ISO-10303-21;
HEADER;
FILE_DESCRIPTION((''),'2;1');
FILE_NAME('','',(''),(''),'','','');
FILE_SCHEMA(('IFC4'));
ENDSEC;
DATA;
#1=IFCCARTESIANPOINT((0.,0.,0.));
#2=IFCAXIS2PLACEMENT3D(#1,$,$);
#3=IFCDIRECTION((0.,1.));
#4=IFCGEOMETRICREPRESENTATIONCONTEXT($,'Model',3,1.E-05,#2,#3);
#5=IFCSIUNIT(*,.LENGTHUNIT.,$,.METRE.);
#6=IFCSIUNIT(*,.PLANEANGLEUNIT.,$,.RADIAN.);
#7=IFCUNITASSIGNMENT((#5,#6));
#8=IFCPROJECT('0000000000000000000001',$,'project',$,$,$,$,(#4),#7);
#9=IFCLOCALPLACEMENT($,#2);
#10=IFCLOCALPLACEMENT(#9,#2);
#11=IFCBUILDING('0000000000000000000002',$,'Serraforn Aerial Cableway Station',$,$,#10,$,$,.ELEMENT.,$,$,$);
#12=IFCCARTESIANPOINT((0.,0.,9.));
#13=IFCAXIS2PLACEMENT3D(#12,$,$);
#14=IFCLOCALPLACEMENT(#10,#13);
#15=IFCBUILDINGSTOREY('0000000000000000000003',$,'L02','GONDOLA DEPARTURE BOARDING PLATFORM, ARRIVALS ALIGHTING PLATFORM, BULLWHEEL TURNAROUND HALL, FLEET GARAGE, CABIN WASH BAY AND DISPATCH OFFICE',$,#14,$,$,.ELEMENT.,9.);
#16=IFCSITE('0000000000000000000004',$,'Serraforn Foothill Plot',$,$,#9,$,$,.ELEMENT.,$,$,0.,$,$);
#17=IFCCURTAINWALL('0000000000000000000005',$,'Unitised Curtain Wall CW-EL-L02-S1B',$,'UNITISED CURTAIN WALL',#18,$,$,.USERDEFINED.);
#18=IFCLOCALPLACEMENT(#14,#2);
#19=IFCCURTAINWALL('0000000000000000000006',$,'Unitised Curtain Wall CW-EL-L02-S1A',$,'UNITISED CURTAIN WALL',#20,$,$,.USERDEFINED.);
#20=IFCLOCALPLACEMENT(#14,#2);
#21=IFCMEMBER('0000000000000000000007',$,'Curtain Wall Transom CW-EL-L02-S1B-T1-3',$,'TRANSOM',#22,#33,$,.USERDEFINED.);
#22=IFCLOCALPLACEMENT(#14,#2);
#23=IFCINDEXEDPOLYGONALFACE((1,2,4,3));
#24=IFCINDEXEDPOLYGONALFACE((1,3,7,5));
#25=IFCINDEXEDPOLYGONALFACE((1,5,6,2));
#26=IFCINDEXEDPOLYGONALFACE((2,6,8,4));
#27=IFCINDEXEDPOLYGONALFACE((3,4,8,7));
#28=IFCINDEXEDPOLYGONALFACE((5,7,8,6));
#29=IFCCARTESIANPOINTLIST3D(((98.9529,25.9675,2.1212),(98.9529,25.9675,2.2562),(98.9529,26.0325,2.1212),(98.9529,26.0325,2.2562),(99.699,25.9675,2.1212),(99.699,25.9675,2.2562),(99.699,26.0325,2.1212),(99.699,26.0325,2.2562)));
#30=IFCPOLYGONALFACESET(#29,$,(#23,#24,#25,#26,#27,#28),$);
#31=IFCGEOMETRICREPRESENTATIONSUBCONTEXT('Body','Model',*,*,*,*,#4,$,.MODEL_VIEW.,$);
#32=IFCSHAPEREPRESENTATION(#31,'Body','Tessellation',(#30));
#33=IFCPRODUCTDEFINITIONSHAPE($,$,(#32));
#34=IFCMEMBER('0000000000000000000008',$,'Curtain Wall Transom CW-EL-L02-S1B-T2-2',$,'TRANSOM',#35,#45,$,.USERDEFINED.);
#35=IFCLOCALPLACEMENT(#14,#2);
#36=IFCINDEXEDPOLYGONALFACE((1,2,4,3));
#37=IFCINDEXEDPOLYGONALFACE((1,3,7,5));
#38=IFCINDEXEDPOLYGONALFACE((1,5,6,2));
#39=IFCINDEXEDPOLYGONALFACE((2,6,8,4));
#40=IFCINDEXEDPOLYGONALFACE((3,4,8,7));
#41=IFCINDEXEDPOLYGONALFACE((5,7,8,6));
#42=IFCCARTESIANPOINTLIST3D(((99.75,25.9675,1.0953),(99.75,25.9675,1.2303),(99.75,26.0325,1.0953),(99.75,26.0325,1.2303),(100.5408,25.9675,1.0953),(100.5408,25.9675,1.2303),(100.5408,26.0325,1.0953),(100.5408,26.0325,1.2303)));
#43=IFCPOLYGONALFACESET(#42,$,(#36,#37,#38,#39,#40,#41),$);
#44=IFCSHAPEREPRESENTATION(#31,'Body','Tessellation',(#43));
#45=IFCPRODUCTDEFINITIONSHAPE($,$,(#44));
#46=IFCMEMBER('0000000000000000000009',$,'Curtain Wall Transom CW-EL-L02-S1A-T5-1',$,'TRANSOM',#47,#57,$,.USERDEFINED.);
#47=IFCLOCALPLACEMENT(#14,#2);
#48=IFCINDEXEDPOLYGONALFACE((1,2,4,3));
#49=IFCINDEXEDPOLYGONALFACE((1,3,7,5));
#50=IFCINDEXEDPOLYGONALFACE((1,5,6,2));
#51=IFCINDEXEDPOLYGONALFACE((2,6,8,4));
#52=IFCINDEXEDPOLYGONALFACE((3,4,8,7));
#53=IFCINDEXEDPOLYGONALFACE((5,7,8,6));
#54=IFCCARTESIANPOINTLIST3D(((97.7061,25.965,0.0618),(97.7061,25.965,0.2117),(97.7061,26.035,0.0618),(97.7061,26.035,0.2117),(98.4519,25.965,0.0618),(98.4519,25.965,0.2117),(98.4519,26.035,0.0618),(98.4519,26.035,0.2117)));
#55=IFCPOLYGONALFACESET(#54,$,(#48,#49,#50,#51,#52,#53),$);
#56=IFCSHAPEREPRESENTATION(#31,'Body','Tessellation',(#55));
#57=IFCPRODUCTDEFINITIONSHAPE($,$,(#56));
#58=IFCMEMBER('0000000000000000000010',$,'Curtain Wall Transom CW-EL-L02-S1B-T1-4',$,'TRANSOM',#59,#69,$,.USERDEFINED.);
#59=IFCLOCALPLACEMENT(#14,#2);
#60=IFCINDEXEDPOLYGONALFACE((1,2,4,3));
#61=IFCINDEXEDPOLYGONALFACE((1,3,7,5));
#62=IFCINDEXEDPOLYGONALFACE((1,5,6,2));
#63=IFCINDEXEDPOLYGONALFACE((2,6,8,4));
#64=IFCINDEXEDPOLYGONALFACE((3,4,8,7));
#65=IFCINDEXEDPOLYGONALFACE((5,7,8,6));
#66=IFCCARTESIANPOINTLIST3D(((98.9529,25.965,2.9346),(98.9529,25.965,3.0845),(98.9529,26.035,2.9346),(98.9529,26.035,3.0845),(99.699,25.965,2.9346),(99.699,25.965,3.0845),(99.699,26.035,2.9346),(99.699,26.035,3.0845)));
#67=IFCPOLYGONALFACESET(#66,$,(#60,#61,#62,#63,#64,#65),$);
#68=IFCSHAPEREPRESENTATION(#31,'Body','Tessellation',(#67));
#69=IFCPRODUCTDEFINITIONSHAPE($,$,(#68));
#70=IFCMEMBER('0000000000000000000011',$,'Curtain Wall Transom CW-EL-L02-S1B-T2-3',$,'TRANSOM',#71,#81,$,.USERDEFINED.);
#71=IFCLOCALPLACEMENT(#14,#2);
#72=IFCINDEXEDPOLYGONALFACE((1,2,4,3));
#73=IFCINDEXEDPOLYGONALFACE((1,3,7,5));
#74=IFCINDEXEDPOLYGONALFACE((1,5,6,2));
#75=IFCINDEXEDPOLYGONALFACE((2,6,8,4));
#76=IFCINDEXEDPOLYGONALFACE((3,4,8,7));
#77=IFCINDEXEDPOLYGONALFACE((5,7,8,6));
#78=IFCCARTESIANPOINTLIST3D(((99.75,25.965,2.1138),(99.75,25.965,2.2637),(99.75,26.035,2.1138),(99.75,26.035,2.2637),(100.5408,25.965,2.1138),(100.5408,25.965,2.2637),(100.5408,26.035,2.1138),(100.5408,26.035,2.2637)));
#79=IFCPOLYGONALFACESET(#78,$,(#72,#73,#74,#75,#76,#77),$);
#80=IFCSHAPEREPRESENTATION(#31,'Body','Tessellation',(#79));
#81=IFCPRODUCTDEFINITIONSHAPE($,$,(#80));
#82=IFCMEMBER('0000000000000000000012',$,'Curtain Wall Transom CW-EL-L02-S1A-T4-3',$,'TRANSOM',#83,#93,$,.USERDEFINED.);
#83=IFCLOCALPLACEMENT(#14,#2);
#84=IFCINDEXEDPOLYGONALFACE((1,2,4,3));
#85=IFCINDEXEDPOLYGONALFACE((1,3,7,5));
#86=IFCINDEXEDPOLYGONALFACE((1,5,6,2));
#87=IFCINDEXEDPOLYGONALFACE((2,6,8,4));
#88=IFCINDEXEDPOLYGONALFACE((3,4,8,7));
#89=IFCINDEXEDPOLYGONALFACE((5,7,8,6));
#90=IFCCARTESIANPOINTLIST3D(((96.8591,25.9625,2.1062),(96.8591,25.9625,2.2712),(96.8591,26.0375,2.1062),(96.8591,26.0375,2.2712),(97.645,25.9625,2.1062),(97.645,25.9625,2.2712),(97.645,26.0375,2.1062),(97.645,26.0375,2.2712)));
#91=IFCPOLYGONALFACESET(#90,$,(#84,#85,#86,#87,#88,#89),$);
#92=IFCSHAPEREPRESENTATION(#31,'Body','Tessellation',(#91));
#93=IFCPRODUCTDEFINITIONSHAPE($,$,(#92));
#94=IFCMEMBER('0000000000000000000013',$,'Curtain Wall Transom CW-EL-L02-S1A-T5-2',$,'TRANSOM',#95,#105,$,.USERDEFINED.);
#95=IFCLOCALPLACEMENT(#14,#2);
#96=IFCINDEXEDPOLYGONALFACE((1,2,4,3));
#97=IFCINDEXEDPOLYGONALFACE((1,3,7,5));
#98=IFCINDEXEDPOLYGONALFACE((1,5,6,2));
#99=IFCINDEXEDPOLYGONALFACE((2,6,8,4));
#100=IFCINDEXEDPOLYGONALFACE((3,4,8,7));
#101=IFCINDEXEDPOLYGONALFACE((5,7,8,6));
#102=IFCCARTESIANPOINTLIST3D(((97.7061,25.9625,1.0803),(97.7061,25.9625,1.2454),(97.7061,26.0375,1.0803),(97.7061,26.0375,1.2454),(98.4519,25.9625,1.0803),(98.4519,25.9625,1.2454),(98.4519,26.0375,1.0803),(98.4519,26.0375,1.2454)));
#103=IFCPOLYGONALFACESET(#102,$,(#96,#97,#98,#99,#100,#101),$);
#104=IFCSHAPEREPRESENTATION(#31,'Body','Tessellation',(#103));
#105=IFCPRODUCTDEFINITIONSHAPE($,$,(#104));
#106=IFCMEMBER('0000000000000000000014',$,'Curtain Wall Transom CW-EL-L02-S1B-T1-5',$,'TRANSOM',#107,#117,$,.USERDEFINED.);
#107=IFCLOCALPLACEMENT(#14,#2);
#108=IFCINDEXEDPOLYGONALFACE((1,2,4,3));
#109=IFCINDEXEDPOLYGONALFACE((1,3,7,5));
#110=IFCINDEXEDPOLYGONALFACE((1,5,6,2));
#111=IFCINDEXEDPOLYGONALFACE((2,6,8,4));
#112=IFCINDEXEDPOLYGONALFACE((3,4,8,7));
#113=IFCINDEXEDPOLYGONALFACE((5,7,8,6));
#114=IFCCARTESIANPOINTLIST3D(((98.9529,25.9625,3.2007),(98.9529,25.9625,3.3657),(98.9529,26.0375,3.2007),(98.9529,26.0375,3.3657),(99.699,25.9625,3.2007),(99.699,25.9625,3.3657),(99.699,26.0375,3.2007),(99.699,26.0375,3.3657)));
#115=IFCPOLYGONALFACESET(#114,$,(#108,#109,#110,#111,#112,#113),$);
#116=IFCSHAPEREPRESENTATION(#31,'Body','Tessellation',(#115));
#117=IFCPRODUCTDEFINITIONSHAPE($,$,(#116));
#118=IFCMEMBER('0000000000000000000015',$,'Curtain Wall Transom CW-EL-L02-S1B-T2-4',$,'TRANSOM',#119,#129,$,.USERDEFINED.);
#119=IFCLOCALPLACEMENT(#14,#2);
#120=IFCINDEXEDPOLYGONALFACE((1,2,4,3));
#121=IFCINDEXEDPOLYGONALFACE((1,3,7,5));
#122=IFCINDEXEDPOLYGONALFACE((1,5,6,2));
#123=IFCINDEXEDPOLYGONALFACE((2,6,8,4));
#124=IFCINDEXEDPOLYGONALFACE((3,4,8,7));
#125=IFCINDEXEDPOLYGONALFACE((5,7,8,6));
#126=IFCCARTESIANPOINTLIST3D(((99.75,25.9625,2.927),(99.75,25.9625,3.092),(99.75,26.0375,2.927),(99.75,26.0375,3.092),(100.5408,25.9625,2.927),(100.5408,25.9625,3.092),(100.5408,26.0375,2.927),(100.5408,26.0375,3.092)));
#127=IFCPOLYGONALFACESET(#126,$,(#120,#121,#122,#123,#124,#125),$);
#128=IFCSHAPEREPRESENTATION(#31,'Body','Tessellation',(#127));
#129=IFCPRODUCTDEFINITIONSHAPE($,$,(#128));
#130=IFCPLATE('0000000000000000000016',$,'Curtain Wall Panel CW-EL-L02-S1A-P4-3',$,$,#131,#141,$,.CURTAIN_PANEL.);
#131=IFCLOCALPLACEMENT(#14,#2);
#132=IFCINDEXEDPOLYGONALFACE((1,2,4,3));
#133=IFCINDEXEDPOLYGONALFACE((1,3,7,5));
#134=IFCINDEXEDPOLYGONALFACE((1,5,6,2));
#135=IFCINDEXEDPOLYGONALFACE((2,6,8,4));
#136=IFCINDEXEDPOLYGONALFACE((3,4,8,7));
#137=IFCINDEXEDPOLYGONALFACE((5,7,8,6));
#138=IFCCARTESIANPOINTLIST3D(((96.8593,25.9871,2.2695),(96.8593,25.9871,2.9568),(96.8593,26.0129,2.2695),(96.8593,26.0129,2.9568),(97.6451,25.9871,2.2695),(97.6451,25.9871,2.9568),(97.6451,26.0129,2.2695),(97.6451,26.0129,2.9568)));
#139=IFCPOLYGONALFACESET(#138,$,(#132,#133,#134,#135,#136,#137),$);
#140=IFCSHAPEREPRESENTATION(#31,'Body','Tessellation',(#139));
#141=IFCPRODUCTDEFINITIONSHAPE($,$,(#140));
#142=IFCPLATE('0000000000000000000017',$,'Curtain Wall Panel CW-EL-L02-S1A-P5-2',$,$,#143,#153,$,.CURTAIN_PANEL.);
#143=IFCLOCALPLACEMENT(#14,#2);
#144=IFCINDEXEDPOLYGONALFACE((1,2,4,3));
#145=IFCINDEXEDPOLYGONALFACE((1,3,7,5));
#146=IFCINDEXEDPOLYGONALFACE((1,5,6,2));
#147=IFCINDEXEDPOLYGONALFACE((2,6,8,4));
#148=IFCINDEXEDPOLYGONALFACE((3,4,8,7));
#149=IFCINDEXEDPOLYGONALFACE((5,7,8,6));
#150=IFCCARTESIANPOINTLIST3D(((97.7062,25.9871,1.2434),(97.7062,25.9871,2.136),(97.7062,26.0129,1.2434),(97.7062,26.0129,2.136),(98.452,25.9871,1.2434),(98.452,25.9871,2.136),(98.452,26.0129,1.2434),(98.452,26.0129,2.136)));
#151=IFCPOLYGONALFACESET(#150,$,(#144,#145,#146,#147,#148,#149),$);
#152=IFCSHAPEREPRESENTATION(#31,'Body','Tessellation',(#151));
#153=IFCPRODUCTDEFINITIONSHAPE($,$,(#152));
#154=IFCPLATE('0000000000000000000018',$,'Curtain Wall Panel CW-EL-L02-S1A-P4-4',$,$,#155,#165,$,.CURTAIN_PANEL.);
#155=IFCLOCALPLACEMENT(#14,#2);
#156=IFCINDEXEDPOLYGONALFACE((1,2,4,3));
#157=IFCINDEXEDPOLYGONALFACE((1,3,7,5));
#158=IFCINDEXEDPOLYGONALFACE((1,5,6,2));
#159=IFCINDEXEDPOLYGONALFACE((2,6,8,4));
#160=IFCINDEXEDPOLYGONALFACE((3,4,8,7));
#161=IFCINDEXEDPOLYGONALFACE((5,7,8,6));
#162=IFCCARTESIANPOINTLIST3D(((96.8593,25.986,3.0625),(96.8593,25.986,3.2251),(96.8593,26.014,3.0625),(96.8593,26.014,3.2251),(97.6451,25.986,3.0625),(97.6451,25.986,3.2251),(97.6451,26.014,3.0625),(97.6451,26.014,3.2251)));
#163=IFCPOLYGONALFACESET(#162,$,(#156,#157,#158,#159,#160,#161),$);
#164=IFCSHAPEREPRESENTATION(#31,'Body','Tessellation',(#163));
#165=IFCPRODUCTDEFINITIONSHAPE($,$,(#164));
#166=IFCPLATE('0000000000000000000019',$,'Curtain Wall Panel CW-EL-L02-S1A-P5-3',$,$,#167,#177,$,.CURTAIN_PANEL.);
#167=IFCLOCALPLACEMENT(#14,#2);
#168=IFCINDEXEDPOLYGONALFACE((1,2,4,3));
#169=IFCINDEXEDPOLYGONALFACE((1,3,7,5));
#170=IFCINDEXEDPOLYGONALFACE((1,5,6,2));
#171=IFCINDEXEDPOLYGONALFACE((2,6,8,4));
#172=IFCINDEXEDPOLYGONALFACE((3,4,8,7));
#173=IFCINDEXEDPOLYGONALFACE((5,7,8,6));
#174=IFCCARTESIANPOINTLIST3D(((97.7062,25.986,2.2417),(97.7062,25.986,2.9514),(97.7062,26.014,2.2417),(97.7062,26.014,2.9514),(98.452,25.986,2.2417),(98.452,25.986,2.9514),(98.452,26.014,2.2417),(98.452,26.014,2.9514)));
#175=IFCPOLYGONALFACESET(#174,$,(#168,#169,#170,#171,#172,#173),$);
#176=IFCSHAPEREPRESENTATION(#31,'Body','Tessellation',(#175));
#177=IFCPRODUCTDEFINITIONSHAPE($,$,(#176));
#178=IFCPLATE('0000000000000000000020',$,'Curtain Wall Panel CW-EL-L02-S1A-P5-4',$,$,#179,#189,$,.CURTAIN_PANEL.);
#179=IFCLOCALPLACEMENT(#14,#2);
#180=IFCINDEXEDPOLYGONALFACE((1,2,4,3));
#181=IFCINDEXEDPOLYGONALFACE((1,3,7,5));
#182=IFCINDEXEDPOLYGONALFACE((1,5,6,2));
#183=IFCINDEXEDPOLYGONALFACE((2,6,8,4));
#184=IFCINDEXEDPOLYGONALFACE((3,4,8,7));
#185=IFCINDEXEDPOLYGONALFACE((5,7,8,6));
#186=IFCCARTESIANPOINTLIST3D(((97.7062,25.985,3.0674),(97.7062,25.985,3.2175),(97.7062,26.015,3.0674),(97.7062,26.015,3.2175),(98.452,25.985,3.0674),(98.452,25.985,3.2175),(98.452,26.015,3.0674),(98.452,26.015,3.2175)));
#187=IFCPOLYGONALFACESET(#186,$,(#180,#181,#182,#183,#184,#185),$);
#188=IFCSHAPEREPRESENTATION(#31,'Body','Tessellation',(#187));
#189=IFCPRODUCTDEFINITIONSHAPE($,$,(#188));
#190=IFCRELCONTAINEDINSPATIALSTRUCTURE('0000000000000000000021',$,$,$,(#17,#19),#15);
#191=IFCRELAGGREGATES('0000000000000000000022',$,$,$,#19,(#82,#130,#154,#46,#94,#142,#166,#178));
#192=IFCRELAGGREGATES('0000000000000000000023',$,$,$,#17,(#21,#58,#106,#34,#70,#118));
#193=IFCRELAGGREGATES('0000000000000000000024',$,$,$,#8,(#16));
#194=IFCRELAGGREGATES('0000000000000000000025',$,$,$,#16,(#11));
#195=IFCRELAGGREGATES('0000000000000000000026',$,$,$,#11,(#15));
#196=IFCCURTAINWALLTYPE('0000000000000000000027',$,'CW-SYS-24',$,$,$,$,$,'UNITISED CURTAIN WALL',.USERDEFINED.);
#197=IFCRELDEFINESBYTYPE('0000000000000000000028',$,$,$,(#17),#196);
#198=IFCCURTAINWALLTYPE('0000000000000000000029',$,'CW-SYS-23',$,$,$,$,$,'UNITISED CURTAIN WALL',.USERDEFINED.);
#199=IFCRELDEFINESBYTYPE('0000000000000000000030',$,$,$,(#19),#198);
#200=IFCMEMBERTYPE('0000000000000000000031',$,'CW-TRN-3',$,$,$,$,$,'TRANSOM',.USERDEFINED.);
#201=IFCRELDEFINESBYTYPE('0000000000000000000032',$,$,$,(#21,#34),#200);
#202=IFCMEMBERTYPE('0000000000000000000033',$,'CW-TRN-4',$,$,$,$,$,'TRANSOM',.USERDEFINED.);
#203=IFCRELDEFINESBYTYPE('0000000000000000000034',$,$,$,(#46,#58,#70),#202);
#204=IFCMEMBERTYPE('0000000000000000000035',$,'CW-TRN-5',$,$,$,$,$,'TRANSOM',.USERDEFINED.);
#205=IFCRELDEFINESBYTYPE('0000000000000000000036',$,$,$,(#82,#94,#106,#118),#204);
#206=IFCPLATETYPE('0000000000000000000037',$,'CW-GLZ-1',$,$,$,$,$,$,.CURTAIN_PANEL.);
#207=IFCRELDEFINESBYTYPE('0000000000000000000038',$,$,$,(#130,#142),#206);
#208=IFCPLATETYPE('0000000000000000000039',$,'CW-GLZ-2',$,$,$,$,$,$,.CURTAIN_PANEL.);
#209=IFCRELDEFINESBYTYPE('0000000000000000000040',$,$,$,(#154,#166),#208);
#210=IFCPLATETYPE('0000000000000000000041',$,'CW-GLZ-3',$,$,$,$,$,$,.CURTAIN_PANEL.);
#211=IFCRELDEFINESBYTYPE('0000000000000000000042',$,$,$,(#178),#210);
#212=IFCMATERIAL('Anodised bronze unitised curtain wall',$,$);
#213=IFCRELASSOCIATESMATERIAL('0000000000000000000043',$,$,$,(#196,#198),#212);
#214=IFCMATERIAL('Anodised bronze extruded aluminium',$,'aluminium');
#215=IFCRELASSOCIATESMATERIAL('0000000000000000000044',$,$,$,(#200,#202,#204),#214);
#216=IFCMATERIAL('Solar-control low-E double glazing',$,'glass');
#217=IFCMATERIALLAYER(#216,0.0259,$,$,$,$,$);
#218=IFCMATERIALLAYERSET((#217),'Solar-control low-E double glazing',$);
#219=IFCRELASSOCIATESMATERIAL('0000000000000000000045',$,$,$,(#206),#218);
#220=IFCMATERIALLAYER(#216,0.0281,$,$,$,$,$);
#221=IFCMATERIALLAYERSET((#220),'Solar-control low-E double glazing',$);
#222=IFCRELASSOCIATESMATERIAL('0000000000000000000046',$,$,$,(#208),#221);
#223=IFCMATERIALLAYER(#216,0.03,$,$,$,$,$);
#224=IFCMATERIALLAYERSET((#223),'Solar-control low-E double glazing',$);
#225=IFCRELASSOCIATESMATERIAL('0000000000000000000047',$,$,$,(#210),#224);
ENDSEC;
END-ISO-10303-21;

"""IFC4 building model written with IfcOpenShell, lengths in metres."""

from ifc_helpers import new_model, si_unit, direction, frame, origin, origin_2d, place, context, subcontext, project, spatial, rectangle, extrude, material, layer, layer_set, material_profile, profile_set, type_object, element, aggregate, save


model = new_model("IFC4")

# Units and contexts
model_context = context("Model", 3, precision=1e-05, world=origin(), true_north=direction((0.0, 1.0)))
body_context = subcontext(model_context, "Body", "Model", "MODEL_VIEW")
ifc_project = project(units=[si_unit("LENGTHUNIT", "METRE"), si_unit("PLANEANGLEUNIT", "RADIAN")], contexts=[model_context])

# Site, building, storey
site_placement = place(None, origin())
site = spatial("IfcSite", under=ifc_project, at=site_placement, Name="Serraforn Foothill Plot", CompositionType="ELEMENT", RefElevation=0.0)
building_placement = place(site_placement, origin())
building = spatial("IfcBuilding", under=site, at=building_placement, Name="Serraforn Aerial Cableway Station", CompositionType="ELEMENT")
storey_placement = place(building_placement, frame((0.0, 0.0, 9.0)))
storey = spatial("IfcBuildingStorey", under=building, at=storey_placement, Name="L02", Description="GONDOLA DEPARTURE BOARDING PLATFORM, ARRIVALS ALIGHTING PLATFORM, BULLWHEEL TURNAROUND HALL, FLEET GARAGE, CABIN WASH BAY AND DISPATCH OFFICE", CompositionType="ELEMENT", Elevation=9.0)

# Curtain wall
ifc_material_1 = material(Name="Anodised bronze unitised curtain wall")
curtain_wall_type_1 = type_object("IfcCurtainWallType", Name="CW-SYS-24", ElementType="UNITISED CURTAIN WALL", PredefinedType="USERDEFINED", material=ifc_material_1)
curtain_wall_1_placement = place(storey_placement, origin())
curtain_wall_1 = element("IfcCurtainWall", 1, at=curtain_wall_1_placement, inside=storey, type_object=curtain_wall_type_1, Name="Unitised Curtain Wall CW-EL-L02-S1B", ObjectType="UNITISED CURTAIN WALL", PredefinedType="USERDEFINED")
ifc_material_2 = material(Name="Anodised bronze extruded aluminium", Category="aluminium")

# Curtain wall
curtain_wall_type_2 = type_object("IfcCurtainWallType", Name="CW-SYS-23", ElementType="UNITISED CURTAIN WALL", PredefinedType="USERDEFINED", material=ifc_material_1)
curtain_wall_2_placement = place(storey_placement, origin())
curtain_wall_2 = element("IfcCurtainWall", 2, at=curtain_wall_2_placement, inside=storey, type_object=curtain_wall_type_2, Name="Unitised Curtain Wall CW-EL-L02-S1A", ObjectType="UNITISED CURTAIN WALL", PredefinedType="USERDEFINED")

# Members
ifc_material_profile_1 = material_profile(ifc_material_2, rectangle(XDim=0.0649, YDim=0.135, at=origin_2d()), Name="CW TRANSOM 65x135")
ifc_profile_set_1 = profile_set([ifc_material_profile_1], Name="Anodised bronze extruded aluminium")
member_type_1 = type_object("IfcMemberType", Name="CW-TRN-3", ElementType="TRANSOM", PredefinedType="USERDEFINED", material=ifc_profile_set_1)
member_1_placement = place(storey_placement, frame((98.9529, 26.0, 2.1887), z_axis=(1.0, 0.0, 0.0), x_axis=(0.0, 1.0, 0.0)))
member_1 = element("IfcMember", 3, at=member_1_placement, type_object=member_type_1, Name="Curtain Wall Transom CW-EL-L02-S1B-T1-3", ObjectType="TRANSOM", PredefinedType="USERDEFINED", context=body_context, shape_type="SweptSolid", body=[
    extrude(rectangle(XDim=0.0649, YDim=0.135, at=origin_2d()), origin(), (0.0, 0.0, 1.0), 0.7461),
])
member_2_placement = place(storey_placement, frame((99.75, 26.0, 1.1628), z_axis=(1.0, 0.0, 0.0), x_axis=(0.0, 1.0, 0.0)))
member_2 = element("IfcMember", 4, at=member_2_placement, type_object=member_type_1, Name="Curtain Wall Transom CW-EL-L02-S1B-T2-2", ObjectType="TRANSOM", PredefinedType="USERDEFINED", context=body_context, shape_type="SweptSolid", body=[
    extrude(rectangle(XDim=0.0649, YDim=0.135, at=origin_2d()), origin(), (0.0, 0.0, 1.0), 0.7908),
])
ifc_material_profile_2 = material_profile(ifc_material_2, rectangle(XDim=0.0701, YDim=0.1499, at=origin_2d()), Name="CW TRANSOM 70x150")
ifc_profile_set_2 = profile_set([ifc_material_profile_2], Name="Anodised bronze extruded aluminium")
member_type_2 = type_object("IfcMemberType", Name="CW-TRN-4", ElementType="TRANSOM", PredefinedType="USERDEFINED", material=ifc_profile_set_2)
member_3_placement = place(storey_placement, frame((97.7061, 26.0, 0.1367), z_axis=(1.0, 0.0, 0.0), x_axis=(0.0, 1.0, 0.0)))
member_3 = element("IfcMember", 5, at=member_3_placement, type_object=member_type_2, Name="Curtain Wall Transom CW-EL-L02-S1A-T5-1", ObjectType="TRANSOM", PredefinedType="USERDEFINED", context=body_context, shape_type="SweptSolid", body=[
    extrude(rectangle(XDim=0.0701, YDim=0.1499, at=origin_2d()), origin(), (0.0, 0.0, 1.0), 0.7458),
])
member_4_placement = place(storey_placement, frame((98.9529, 26.0, 3.0095), z_axis=(1.0, 0.0, 0.0), x_axis=(0.0, 1.0, 0.0)))
member_4 = element("IfcMember", 6, at=member_4_placement, type_object=member_type_2, Name="Curtain Wall Transom CW-EL-L02-S1B-T1-4", ObjectType="TRANSOM", PredefinedType="USERDEFINED", context=body_context, shape_type="SweptSolid", body=[
    extrude(rectangle(XDim=0.0701, YDim=0.1499, at=origin_2d()), origin(), (0.0, 0.0, 1.0), 0.7461),
])
member_5_placement = place(storey_placement, frame((99.75, 26.0, 2.1887), z_axis=(1.0, 0.0, 0.0), x_axis=(0.0, 1.0, 0.0)))
member_5 = element("IfcMember", 7, at=member_5_placement, type_object=member_type_2, Name="Curtain Wall Transom CW-EL-L02-S1B-T2-3", ObjectType="TRANSOM", PredefinedType="USERDEFINED", context=body_context, shape_type="SweptSolid", body=[
    extrude(rectangle(XDim=0.0701, YDim=0.1499, at=origin_2d()), origin(), (0.0, 0.0, 1.0), 0.7908),
])
ifc_material_profile_3 = material_profile(ifc_material_2, rectangle(XDim=0.075, YDim=0.165, at=origin_2d()), Name="CW TRANSOM 75x165")
ifc_profile_set_3 = profile_set([ifc_material_profile_3], Name="Anodised bronze extruded aluminium")
member_type_3 = type_object("IfcMemberType", Name="CW-TRN-5", ElementType="TRANSOM", PredefinedType="USERDEFINED", material=ifc_profile_set_3)
member_6_placement = place(storey_placement, frame((96.8591, 26.0, 2.1887), z_axis=(1.0, 0.0, 0.0), x_axis=(0.0, 1.0, 0.0)))
member_6 = element("IfcMember", 8, at=member_6_placement, type_object=member_type_3, Name="Curtain Wall Transom CW-EL-L02-S1A-T4-3", ObjectType="TRANSOM", PredefinedType="USERDEFINED", context=body_context, shape_type="SweptSolid", body=[
    extrude(rectangle(XDim=0.075, YDim=0.165, at=origin_2d()), origin(), (0.0, 0.0, 1.0), 0.7859),
])
member_7_placement = place(storey_placement, frame((97.7061, 26.0, 1.1628), z_axis=(1.0, 0.0, 0.0), x_axis=(0.0, 1.0, 0.0)))
member_7 = element("IfcMember", 9, at=member_7_placement, type_object=member_type_3, Name="Curtain Wall Transom CW-EL-L02-S1A-T5-2", ObjectType="TRANSOM", PredefinedType="USERDEFINED", context=body_context, shape_type="SweptSolid", body=[
    extrude(rectangle(XDim=0.075, YDim=0.165, at=origin_2d()), origin(), (0.0, 0.0, 1.0), 0.7458),
])
member_8_placement = place(storey_placement, frame((98.9529, 26.0, 3.2832), z_axis=(1.0, 0.0, 0.0), x_axis=(0.0, 1.0, 0.0)))
member_8 = element("IfcMember", 10, at=member_8_placement, type_object=member_type_3, Name="Curtain Wall Transom CW-EL-L02-S1B-T1-5", ObjectType="TRANSOM", PredefinedType="USERDEFINED", context=body_context, shape_type="SweptSolid", body=[
    extrude(rectangle(XDim=0.075, YDim=0.165, at=origin_2d()), origin(), (0.0, 0.0, 1.0), 0.7461),
])
member_9_placement = place(storey_placement, frame((99.75, 26.0, 3.0095), z_axis=(1.0, 0.0, 0.0), x_axis=(0.0, 1.0, 0.0)))
member_9 = element("IfcMember", 11, at=member_9_placement, type_object=member_type_3, Name="Curtain Wall Transom CW-EL-L02-S1B-T2-4", ObjectType="TRANSOM", PredefinedType="USERDEFINED", context=body_context, shape_type="SweptSolid", body=[
    extrude(rectangle(XDim=0.075, YDim=0.165, at=origin_2d()), origin(), (0.0, 0.0, 1.0), 0.7908),
])

# Plates
ifc_material_3 = material(Name="Solar-control low-E double glazing", Category="glass")
ifc_layer_1 = layer(ifc_material_3, 0.0259)
ifc_layer_set_1 = layer_set([ifc_layer_1], Name="Solar-control low-E double glazing")
plate_type_1 = type_object("IfcPlateType", Name="CW-GLZ-1", PredefinedType="CURTAIN_PANEL", material=ifc_layer_set_1)
plate_1_placement = place(storey_placement, frame((97.2522, 26.0, 2.2695), z_axis=(0.0, 0.0, 1.0), x_axis=(1.0, 0.0, 0.0)))
plate_1 = element("IfcPlate", 12, at=plate_1_placement, type_object=plate_type_1, Name="Curtain Wall Panel CW-EL-L02-S1A-P4-3", PredefinedType="CURTAIN_PANEL", context=body_context, shape_type="SweptSolid", body=[
    extrude(rectangle(XDim=0.7859, YDim=0.0259, at=origin_2d()), origin(), (0.0, 0.0, 1.0), 0.6873),
])
plate_2_placement = place(storey_placement, frame((98.0791, 26.0, 1.2434), z_axis=(0.0, 0.0, 1.0), x_axis=(1.0, 0.0, 0.0)))
plate_2 = element("IfcPlate", 13, at=plate_2_placement, type_object=plate_type_1, Name="Curtain Wall Panel CW-EL-L02-S1A-P5-2", PredefinedType="CURTAIN_PANEL", context=body_context, shape_type="SweptSolid", body=[
    extrude(rectangle(XDim=0.7458, YDim=0.0259, at=origin_2d()), origin(), (0.0, 0.0, 1.0), 0.8926),
])
ifc_layer_2 = layer(ifc_material_3, 0.0281)
ifc_layer_set_2 = layer_set([ifc_layer_2], Name="Solar-control low-E double glazing")
plate_type_2 = type_object("IfcPlateType", Name="CW-GLZ-2", PredefinedType="CURTAIN_PANEL", material=ifc_layer_set_2)
plate_3_placement = place(storey_placement, frame((97.2522, 26.0, 3.0625), z_axis=(0.0, 0.0, 1.0), x_axis=(1.0, 0.0, 0.0)))
plate_3 = element("IfcPlate", 14, at=plate_3_placement, type_object=plate_type_2, Name="Curtain Wall Panel CW-EL-L02-S1A-P4-4", PredefinedType="CURTAIN_PANEL", context=body_context, shape_type="SweptSolid", body=[
    extrude(rectangle(XDim=0.7859, YDim=0.0281, at=origin_2d()), origin(), (0.0, 0.0, 1.0), 0.1626),
])
plate_4_placement = place(storey_placement, frame((98.0791, 26.0, 2.2417), z_axis=(0.0, 0.0, 1.0), x_axis=(1.0, 0.0, 0.0)))
plate_4 = element("IfcPlate", 15, at=plate_4_placement, type_object=plate_type_2, Name="Curtain Wall Panel CW-EL-L02-S1A-P5-3", PredefinedType="CURTAIN_PANEL", context=body_context, shape_type="SweptSolid", body=[
    extrude(rectangle(XDim=0.7458, YDim=0.0281, at=origin_2d()), origin(), (0.0, 0.0, 1.0), 0.7097),
])
ifc_layer_3 = layer(ifc_material_3, 0.03)
ifc_layer_set_3 = layer_set([ifc_layer_3], Name="Solar-control low-E double glazing")
plate_type_3 = type_object("IfcPlateType", Name="CW-GLZ-3", PredefinedType="CURTAIN_PANEL", material=ifc_layer_set_3)
plate_5_placement = place(storey_placement, frame((98.0791, 26.0, 3.0674), z_axis=(0.0, 0.0, 1.0), x_axis=(1.0, 0.0, 0.0)))
plate_5 = element("IfcPlate", 16, at=plate_5_placement, type_object=plate_type_3, Name="Curtain Wall Panel CW-EL-L02-S1A-P5-4", PredefinedType="CURTAIN_PANEL", context=body_context, shape_type="SweptSolid", body=[
    extrude(rectangle(XDim=0.7458, YDim=0.03, at=origin_2d()), origin(), (0.0, 0.0, 1.0), 0.1501),
])
aggregate(curtain_wall_2, [member_6, plate_1, plate_3, member_3, member_7, plate_2, plate_4, plate_5])
aggregate(curtain_wall_1, [member_1, member_4, member_8, member_2, member_5, member_9])

save(model, "model.ifc")
